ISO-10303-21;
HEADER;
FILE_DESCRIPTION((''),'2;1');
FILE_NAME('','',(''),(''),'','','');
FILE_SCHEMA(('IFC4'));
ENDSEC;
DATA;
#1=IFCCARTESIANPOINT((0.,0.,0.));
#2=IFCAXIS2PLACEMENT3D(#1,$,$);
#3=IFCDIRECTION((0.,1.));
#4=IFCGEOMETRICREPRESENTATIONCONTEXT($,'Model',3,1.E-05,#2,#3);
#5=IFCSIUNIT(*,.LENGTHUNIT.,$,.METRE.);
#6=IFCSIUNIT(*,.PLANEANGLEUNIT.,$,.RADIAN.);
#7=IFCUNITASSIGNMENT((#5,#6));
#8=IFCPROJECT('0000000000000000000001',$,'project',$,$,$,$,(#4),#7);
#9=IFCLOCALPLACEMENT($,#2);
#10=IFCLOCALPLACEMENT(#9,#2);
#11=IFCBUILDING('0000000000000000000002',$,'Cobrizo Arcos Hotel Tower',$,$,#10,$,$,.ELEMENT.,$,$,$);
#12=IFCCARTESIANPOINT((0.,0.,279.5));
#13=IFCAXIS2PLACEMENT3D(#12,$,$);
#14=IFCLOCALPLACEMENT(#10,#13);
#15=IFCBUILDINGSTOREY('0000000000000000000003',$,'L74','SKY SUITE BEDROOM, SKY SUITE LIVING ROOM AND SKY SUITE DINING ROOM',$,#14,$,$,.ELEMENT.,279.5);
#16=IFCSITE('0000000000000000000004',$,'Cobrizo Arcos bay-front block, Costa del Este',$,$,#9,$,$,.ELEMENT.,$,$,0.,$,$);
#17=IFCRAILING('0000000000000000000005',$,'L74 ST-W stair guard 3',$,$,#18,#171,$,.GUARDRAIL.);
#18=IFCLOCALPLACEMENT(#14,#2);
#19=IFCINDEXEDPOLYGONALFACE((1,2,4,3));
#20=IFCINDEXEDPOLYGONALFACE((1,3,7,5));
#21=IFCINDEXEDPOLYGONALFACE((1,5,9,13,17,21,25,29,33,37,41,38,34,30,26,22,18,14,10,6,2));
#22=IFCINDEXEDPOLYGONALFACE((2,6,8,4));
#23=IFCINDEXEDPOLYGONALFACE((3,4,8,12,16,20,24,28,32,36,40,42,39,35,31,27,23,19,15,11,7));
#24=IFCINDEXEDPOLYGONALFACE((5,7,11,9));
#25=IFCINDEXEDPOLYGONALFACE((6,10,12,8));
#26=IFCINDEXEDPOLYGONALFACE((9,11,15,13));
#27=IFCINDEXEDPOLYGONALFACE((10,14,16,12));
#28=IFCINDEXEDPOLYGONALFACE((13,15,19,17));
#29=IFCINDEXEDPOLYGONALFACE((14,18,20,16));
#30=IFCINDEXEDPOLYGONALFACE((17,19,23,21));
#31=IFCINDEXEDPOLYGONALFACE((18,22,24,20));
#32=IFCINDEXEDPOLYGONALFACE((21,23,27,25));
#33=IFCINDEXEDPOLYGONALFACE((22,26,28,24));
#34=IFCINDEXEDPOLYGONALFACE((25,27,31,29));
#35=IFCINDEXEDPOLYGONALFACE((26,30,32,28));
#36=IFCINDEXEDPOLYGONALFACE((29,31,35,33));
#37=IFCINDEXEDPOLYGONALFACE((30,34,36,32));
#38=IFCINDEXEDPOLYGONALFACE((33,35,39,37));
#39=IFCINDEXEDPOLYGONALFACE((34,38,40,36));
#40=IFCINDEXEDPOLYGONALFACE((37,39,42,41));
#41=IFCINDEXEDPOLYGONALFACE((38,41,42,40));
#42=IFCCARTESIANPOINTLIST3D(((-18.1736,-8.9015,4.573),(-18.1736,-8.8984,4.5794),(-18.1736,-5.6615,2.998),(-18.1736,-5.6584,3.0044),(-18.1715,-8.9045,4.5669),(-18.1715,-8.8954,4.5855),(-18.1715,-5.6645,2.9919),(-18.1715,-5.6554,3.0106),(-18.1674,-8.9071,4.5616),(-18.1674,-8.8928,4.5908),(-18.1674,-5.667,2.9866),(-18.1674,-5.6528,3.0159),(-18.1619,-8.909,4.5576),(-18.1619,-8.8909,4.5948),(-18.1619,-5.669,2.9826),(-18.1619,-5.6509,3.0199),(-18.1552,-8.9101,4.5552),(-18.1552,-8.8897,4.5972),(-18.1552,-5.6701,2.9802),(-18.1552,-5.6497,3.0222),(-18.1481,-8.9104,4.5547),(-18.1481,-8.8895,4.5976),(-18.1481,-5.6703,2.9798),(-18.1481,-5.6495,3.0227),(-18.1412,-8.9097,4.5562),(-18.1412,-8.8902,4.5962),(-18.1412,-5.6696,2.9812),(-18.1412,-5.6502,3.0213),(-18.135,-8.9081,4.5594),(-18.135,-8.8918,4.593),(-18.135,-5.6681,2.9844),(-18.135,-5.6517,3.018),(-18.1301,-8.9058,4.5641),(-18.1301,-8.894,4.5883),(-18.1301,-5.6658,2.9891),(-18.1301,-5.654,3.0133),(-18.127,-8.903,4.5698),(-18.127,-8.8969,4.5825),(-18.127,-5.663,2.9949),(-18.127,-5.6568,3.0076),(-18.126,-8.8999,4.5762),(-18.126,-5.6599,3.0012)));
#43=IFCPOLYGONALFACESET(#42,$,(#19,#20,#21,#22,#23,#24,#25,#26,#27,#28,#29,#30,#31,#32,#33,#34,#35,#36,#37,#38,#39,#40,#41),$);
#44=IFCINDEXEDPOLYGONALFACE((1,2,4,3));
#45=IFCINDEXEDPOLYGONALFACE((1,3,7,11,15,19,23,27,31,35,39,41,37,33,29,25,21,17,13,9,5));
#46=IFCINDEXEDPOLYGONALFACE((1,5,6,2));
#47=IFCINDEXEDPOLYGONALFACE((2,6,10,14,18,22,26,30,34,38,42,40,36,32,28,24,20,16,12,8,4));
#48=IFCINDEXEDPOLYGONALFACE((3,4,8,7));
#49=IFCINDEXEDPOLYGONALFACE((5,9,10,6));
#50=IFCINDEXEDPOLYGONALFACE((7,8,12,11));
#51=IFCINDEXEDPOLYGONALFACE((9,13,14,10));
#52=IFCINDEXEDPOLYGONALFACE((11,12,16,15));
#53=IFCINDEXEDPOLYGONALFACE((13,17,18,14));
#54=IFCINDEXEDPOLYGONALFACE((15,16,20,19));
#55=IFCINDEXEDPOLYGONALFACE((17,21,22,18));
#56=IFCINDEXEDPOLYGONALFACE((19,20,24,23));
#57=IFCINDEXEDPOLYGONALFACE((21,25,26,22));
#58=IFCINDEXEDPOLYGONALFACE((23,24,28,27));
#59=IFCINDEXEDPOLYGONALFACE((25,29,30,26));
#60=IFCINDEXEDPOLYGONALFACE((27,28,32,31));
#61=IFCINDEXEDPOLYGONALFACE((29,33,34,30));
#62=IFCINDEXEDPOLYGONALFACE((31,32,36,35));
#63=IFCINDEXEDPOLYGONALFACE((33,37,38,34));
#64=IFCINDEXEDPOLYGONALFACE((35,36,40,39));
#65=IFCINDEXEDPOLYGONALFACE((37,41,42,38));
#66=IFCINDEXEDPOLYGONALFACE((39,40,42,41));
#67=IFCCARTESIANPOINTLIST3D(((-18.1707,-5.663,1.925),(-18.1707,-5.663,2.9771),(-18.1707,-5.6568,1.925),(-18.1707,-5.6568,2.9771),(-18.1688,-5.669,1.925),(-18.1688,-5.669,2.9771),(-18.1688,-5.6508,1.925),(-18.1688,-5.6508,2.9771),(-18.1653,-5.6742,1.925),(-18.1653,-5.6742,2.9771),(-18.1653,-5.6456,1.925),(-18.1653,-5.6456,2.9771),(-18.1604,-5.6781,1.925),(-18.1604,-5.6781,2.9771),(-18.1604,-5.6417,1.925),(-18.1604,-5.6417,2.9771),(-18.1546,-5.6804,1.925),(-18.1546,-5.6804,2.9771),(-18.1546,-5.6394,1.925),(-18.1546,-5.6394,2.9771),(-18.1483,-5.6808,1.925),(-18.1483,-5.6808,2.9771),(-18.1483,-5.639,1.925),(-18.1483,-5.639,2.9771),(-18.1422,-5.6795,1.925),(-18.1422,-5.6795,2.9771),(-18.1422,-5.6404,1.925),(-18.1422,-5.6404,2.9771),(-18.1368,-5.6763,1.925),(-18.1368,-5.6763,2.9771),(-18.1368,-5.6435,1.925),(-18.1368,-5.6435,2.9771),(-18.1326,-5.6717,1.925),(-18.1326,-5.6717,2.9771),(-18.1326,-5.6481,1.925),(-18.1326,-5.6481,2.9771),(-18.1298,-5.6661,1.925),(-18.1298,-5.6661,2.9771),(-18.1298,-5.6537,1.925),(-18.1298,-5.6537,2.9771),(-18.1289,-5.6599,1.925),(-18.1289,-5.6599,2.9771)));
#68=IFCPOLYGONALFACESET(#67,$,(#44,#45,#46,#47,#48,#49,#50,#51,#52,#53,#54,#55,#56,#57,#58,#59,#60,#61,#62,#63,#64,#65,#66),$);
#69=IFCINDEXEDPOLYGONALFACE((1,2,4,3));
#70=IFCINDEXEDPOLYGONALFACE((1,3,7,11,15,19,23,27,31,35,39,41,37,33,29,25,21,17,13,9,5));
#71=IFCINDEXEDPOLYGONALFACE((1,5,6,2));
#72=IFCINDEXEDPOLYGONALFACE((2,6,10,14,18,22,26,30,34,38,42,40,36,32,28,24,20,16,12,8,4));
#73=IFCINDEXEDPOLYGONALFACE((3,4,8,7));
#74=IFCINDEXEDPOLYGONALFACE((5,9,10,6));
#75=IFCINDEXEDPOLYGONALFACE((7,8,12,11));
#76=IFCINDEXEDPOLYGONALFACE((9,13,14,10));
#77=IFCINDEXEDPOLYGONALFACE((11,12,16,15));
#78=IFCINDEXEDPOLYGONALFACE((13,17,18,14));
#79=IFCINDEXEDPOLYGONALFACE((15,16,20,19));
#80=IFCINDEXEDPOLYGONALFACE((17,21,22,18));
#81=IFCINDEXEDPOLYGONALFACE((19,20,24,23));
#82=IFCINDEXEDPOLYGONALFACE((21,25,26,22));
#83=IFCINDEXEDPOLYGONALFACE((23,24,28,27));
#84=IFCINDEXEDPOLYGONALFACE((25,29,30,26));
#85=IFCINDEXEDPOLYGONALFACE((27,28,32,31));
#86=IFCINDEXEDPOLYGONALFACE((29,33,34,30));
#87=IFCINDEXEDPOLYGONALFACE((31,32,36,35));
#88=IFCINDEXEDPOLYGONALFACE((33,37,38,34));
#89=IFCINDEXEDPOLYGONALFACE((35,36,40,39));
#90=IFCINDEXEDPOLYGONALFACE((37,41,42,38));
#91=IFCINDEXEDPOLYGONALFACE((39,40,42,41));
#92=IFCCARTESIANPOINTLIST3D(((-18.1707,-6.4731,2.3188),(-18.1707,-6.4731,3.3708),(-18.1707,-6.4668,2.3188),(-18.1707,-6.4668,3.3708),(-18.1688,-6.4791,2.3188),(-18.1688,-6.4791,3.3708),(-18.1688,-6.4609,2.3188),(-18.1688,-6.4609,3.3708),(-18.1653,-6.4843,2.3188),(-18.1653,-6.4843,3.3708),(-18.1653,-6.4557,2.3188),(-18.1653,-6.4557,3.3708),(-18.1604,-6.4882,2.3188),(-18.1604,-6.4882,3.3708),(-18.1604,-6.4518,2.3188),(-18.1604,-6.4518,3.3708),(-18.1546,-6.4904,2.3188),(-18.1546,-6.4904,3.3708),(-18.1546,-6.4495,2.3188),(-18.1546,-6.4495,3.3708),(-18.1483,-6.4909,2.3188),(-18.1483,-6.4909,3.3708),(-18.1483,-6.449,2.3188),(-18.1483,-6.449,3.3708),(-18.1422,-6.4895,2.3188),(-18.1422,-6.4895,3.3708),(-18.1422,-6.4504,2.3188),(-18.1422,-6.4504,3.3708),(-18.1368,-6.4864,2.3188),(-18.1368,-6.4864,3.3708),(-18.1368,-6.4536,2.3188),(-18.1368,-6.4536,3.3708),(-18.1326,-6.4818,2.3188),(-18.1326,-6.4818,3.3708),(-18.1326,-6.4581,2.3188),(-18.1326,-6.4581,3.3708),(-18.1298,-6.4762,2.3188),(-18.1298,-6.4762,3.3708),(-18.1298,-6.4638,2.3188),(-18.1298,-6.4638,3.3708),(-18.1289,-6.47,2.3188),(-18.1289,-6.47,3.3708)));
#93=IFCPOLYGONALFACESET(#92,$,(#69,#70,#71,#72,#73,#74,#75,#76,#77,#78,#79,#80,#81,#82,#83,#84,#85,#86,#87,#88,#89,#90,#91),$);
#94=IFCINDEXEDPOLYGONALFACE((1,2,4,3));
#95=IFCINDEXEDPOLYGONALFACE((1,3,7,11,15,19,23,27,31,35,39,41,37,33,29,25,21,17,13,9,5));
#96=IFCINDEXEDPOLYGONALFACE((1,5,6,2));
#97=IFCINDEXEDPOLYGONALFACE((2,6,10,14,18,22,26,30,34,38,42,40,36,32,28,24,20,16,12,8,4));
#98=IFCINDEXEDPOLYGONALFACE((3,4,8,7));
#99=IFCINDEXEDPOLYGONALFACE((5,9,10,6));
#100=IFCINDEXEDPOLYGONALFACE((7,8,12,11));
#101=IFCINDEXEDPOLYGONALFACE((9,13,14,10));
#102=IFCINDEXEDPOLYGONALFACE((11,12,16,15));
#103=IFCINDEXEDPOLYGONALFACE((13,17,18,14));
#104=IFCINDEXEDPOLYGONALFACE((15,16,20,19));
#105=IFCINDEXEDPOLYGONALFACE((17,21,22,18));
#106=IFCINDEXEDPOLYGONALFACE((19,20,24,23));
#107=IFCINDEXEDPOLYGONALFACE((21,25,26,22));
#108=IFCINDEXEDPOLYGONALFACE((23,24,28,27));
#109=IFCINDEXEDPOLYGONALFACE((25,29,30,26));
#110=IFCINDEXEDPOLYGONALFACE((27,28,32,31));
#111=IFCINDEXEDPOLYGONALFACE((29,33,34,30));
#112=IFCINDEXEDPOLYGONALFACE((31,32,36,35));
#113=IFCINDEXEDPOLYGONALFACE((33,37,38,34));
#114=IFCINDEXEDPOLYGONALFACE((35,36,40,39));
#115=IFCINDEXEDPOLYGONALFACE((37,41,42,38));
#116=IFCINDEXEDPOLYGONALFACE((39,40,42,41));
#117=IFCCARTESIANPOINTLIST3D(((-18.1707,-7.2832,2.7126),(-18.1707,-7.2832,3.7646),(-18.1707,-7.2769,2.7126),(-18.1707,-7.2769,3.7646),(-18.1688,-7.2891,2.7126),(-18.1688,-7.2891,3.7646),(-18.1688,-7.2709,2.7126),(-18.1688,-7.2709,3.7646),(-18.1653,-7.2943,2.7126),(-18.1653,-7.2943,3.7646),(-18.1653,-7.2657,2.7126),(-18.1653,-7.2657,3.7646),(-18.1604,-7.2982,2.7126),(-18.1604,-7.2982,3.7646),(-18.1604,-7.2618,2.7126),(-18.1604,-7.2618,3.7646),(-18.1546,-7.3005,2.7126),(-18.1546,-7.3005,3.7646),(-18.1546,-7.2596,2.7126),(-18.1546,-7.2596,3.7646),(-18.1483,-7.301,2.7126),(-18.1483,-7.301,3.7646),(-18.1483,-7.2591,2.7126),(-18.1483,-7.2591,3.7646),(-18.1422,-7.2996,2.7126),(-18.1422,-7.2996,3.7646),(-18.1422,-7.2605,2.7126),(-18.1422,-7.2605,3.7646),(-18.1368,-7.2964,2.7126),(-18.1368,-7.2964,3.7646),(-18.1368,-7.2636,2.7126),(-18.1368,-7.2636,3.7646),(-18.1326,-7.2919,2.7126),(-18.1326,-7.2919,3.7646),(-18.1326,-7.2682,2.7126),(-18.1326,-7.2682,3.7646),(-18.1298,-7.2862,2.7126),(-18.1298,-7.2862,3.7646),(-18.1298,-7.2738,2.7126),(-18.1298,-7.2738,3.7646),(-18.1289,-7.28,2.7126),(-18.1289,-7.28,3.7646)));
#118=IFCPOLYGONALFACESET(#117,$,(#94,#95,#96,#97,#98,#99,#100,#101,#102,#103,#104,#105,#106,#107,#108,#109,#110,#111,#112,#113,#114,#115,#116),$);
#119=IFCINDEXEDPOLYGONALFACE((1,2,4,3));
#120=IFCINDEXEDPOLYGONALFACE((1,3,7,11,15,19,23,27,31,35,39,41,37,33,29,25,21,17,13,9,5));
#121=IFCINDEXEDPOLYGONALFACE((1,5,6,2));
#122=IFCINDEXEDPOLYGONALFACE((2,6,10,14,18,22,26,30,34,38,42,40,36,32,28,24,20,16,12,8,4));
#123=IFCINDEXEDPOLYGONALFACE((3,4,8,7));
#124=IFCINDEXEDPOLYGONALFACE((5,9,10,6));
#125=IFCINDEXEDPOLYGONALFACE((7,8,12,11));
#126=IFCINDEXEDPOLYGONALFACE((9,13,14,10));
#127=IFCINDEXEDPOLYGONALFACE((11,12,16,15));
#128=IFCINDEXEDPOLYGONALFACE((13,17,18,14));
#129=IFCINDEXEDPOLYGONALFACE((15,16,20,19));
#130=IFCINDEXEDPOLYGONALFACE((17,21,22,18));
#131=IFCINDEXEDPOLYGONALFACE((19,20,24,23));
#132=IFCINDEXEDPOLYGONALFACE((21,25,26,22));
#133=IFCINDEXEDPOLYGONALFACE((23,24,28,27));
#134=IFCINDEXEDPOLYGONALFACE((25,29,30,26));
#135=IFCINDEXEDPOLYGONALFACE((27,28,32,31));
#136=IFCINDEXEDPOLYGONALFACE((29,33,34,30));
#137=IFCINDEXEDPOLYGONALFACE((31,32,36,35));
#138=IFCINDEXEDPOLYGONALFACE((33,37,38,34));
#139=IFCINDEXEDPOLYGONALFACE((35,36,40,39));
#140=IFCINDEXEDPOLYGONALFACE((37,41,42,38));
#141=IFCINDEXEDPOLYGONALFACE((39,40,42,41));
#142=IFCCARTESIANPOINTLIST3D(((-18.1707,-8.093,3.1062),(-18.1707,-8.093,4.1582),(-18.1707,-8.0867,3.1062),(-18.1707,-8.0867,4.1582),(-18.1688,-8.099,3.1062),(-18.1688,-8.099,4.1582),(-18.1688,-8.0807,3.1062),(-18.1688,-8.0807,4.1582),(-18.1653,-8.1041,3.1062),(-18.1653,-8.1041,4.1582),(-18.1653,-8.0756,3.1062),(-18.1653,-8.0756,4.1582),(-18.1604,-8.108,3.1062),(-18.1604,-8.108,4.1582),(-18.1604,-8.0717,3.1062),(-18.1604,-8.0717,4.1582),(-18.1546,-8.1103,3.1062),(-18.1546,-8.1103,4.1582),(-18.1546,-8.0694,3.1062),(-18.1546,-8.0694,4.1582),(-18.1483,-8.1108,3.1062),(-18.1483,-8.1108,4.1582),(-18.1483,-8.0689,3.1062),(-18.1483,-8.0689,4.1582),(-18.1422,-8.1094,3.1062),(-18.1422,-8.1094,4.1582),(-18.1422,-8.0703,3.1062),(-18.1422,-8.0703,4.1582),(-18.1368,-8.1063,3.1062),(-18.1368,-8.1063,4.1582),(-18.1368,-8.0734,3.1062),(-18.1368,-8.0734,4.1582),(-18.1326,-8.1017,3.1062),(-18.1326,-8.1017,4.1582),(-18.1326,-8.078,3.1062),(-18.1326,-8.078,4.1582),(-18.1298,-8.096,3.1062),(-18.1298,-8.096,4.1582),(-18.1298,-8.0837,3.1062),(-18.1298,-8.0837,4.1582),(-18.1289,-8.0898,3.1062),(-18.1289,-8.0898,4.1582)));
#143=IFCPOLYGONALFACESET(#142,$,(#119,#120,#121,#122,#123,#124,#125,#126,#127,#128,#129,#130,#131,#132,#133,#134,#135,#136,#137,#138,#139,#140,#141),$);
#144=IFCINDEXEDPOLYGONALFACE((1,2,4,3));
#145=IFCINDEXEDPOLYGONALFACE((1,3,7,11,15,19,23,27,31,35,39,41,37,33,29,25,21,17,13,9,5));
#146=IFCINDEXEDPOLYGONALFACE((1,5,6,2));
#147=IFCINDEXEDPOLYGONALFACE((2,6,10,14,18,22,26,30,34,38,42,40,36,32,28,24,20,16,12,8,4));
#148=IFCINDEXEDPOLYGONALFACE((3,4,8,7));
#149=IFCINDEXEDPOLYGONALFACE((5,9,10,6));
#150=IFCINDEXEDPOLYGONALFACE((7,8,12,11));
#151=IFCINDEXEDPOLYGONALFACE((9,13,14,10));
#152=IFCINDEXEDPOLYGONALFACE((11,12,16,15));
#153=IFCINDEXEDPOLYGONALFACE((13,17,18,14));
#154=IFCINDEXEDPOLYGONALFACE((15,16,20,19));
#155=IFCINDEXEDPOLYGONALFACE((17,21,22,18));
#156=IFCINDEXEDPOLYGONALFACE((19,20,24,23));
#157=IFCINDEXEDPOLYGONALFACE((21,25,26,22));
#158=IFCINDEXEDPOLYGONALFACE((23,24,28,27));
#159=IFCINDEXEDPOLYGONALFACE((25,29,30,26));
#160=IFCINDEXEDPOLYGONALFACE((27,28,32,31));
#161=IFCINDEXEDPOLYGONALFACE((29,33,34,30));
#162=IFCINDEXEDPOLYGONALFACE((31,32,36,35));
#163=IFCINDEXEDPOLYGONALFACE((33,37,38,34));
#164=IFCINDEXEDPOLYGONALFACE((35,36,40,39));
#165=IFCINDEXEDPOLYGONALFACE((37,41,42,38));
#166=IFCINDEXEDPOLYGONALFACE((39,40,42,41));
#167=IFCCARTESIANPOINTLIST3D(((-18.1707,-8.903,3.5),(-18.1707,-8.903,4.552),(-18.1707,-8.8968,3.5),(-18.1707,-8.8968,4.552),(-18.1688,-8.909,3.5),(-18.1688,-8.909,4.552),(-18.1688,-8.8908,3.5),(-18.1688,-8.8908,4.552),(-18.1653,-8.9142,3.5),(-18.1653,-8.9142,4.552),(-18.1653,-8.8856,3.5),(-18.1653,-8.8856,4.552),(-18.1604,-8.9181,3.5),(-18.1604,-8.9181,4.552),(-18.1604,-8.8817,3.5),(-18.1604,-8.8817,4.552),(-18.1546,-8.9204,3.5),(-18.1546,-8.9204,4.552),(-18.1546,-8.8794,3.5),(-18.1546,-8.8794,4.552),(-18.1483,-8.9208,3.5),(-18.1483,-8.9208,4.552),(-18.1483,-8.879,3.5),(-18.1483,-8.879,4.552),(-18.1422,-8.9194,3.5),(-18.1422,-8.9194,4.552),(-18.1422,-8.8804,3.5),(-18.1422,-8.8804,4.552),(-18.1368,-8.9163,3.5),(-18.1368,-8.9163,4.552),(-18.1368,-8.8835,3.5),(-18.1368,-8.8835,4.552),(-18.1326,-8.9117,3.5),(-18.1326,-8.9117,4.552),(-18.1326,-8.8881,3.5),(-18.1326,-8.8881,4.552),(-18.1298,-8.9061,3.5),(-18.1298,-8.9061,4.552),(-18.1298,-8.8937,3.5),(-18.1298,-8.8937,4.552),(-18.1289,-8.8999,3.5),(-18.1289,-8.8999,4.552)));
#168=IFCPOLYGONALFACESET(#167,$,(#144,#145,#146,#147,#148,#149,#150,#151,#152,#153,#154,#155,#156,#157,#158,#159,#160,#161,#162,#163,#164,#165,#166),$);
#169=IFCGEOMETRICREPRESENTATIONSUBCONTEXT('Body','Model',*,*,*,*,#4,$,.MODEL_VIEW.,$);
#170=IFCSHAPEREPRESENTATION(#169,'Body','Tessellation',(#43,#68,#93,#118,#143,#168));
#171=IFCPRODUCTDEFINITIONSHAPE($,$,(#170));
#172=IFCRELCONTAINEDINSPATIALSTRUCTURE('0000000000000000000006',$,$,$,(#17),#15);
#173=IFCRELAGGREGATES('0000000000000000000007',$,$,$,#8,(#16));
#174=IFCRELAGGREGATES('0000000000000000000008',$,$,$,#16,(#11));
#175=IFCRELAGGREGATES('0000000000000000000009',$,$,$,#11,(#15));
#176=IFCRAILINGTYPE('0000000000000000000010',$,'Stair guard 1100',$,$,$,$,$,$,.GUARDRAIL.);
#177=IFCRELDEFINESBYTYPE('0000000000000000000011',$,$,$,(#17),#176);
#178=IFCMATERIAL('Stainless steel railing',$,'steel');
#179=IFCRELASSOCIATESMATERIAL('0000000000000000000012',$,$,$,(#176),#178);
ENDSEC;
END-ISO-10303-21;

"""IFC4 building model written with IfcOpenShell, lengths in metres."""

from ifc_helpers import new_model, si_unit, direction, frame, origin, origin_2d, place, context, subcontext, project, spatial, circle, extrude, material, type_object, element, save


model = new_model("IFC4")

# Units and contexts
model_context = context("Model", 3, precision=1e-05, world=origin(), true_north=direction((0.0, 1.0)))
body_context = subcontext(model_context, "Body", "Model", "MODEL_VIEW")
ifc_project = project(units=[si_unit("LENGTHUNIT", "METRE"), si_unit("PLANEANGLEUNIT", "RADIAN")], contexts=[model_context])

# Site, building, storey
site_placement = place(None, origin())
site = spatial("IfcSite", under=ifc_project, at=site_placement, Name="Cobrizo Arcos bay-front block, Costa del Este", CompositionType="ELEMENT", RefElevation=0.0)
building_placement = place(site_placement, origin())
building = spatial("IfcBuilding", under=site, at=building_placement, Name="Cobrizo Arcos Hotel Tower", CompositionType="ELEMENT")
storey_placement = place(building_placement, frame((0.0, 0.0, 279.5)))
storey = spatial("IfcBuildingStorey", under=building, at=storey_placement, Name="L74", Description="SKY SUITE BEDROOM, SKY SUITE LIVING ROOM AND SKY SUITE DINING ROOM", CompositionType="ELEMENT", Elevation=279.5)

# Railing
ifc_material_1 = material(Name="Stainless steel railing", Category="steel")
railing_type_1 = type_object("IfcRailingType", Name="Stair guard 1100", PredefinedType="GUARDRAIL", material=ifc_material_1)
railing_1_placement = place(storey_placement, frame((-18.1499, -5.6599, 1.925)))
element("IfcRailing", 1, at=railing_1_placement, inside=storey, type_object=railing_type_1, Name="L74 ST-W stair guard 3", PredefinedType="GUARDRAIL", context=body_context, shape_type="SweptSolid", body=[
    extrude(circle(Radius=0.0239, at=origin_2d()), frame((0.0, 0.0, 1.0762), z_axis=(0.0, -0.899373, 0.437183), x_axis=(1.0, 0.0, 0.0)), (0.0, 0.0, 1.0), 3.6025),
    extrude(circle(Radius=0.021, at=origin_2d()), origin(), (0.0, 0.0, 1.0), 1.052),
    extrude(circle(Radius=0.021, at=origin_2d()), frame((0.0, -0.8101, 0.3938)), (0.0, 0.0, 1.0), 1.052),
    extrude(circle(Radius=0.021, at=origin_2d()), frame((0.0, -1.6201, 0.7876)), (0.0, 0.0, 1.0), 1.052),
    extrude(circle(Radius=0.021, at=origin_2d()), frame((0.0, -2.4299, 1.1812)), (0.0, 0.0, 1.0), 1.052),
    extrude(circle(Radius=0.021, at=origin_2d()), frame((0.0, -3.24, 1.575)), (0.0, 0.0, 1.0), 1.052),
])

save(model, "model.ifc")
